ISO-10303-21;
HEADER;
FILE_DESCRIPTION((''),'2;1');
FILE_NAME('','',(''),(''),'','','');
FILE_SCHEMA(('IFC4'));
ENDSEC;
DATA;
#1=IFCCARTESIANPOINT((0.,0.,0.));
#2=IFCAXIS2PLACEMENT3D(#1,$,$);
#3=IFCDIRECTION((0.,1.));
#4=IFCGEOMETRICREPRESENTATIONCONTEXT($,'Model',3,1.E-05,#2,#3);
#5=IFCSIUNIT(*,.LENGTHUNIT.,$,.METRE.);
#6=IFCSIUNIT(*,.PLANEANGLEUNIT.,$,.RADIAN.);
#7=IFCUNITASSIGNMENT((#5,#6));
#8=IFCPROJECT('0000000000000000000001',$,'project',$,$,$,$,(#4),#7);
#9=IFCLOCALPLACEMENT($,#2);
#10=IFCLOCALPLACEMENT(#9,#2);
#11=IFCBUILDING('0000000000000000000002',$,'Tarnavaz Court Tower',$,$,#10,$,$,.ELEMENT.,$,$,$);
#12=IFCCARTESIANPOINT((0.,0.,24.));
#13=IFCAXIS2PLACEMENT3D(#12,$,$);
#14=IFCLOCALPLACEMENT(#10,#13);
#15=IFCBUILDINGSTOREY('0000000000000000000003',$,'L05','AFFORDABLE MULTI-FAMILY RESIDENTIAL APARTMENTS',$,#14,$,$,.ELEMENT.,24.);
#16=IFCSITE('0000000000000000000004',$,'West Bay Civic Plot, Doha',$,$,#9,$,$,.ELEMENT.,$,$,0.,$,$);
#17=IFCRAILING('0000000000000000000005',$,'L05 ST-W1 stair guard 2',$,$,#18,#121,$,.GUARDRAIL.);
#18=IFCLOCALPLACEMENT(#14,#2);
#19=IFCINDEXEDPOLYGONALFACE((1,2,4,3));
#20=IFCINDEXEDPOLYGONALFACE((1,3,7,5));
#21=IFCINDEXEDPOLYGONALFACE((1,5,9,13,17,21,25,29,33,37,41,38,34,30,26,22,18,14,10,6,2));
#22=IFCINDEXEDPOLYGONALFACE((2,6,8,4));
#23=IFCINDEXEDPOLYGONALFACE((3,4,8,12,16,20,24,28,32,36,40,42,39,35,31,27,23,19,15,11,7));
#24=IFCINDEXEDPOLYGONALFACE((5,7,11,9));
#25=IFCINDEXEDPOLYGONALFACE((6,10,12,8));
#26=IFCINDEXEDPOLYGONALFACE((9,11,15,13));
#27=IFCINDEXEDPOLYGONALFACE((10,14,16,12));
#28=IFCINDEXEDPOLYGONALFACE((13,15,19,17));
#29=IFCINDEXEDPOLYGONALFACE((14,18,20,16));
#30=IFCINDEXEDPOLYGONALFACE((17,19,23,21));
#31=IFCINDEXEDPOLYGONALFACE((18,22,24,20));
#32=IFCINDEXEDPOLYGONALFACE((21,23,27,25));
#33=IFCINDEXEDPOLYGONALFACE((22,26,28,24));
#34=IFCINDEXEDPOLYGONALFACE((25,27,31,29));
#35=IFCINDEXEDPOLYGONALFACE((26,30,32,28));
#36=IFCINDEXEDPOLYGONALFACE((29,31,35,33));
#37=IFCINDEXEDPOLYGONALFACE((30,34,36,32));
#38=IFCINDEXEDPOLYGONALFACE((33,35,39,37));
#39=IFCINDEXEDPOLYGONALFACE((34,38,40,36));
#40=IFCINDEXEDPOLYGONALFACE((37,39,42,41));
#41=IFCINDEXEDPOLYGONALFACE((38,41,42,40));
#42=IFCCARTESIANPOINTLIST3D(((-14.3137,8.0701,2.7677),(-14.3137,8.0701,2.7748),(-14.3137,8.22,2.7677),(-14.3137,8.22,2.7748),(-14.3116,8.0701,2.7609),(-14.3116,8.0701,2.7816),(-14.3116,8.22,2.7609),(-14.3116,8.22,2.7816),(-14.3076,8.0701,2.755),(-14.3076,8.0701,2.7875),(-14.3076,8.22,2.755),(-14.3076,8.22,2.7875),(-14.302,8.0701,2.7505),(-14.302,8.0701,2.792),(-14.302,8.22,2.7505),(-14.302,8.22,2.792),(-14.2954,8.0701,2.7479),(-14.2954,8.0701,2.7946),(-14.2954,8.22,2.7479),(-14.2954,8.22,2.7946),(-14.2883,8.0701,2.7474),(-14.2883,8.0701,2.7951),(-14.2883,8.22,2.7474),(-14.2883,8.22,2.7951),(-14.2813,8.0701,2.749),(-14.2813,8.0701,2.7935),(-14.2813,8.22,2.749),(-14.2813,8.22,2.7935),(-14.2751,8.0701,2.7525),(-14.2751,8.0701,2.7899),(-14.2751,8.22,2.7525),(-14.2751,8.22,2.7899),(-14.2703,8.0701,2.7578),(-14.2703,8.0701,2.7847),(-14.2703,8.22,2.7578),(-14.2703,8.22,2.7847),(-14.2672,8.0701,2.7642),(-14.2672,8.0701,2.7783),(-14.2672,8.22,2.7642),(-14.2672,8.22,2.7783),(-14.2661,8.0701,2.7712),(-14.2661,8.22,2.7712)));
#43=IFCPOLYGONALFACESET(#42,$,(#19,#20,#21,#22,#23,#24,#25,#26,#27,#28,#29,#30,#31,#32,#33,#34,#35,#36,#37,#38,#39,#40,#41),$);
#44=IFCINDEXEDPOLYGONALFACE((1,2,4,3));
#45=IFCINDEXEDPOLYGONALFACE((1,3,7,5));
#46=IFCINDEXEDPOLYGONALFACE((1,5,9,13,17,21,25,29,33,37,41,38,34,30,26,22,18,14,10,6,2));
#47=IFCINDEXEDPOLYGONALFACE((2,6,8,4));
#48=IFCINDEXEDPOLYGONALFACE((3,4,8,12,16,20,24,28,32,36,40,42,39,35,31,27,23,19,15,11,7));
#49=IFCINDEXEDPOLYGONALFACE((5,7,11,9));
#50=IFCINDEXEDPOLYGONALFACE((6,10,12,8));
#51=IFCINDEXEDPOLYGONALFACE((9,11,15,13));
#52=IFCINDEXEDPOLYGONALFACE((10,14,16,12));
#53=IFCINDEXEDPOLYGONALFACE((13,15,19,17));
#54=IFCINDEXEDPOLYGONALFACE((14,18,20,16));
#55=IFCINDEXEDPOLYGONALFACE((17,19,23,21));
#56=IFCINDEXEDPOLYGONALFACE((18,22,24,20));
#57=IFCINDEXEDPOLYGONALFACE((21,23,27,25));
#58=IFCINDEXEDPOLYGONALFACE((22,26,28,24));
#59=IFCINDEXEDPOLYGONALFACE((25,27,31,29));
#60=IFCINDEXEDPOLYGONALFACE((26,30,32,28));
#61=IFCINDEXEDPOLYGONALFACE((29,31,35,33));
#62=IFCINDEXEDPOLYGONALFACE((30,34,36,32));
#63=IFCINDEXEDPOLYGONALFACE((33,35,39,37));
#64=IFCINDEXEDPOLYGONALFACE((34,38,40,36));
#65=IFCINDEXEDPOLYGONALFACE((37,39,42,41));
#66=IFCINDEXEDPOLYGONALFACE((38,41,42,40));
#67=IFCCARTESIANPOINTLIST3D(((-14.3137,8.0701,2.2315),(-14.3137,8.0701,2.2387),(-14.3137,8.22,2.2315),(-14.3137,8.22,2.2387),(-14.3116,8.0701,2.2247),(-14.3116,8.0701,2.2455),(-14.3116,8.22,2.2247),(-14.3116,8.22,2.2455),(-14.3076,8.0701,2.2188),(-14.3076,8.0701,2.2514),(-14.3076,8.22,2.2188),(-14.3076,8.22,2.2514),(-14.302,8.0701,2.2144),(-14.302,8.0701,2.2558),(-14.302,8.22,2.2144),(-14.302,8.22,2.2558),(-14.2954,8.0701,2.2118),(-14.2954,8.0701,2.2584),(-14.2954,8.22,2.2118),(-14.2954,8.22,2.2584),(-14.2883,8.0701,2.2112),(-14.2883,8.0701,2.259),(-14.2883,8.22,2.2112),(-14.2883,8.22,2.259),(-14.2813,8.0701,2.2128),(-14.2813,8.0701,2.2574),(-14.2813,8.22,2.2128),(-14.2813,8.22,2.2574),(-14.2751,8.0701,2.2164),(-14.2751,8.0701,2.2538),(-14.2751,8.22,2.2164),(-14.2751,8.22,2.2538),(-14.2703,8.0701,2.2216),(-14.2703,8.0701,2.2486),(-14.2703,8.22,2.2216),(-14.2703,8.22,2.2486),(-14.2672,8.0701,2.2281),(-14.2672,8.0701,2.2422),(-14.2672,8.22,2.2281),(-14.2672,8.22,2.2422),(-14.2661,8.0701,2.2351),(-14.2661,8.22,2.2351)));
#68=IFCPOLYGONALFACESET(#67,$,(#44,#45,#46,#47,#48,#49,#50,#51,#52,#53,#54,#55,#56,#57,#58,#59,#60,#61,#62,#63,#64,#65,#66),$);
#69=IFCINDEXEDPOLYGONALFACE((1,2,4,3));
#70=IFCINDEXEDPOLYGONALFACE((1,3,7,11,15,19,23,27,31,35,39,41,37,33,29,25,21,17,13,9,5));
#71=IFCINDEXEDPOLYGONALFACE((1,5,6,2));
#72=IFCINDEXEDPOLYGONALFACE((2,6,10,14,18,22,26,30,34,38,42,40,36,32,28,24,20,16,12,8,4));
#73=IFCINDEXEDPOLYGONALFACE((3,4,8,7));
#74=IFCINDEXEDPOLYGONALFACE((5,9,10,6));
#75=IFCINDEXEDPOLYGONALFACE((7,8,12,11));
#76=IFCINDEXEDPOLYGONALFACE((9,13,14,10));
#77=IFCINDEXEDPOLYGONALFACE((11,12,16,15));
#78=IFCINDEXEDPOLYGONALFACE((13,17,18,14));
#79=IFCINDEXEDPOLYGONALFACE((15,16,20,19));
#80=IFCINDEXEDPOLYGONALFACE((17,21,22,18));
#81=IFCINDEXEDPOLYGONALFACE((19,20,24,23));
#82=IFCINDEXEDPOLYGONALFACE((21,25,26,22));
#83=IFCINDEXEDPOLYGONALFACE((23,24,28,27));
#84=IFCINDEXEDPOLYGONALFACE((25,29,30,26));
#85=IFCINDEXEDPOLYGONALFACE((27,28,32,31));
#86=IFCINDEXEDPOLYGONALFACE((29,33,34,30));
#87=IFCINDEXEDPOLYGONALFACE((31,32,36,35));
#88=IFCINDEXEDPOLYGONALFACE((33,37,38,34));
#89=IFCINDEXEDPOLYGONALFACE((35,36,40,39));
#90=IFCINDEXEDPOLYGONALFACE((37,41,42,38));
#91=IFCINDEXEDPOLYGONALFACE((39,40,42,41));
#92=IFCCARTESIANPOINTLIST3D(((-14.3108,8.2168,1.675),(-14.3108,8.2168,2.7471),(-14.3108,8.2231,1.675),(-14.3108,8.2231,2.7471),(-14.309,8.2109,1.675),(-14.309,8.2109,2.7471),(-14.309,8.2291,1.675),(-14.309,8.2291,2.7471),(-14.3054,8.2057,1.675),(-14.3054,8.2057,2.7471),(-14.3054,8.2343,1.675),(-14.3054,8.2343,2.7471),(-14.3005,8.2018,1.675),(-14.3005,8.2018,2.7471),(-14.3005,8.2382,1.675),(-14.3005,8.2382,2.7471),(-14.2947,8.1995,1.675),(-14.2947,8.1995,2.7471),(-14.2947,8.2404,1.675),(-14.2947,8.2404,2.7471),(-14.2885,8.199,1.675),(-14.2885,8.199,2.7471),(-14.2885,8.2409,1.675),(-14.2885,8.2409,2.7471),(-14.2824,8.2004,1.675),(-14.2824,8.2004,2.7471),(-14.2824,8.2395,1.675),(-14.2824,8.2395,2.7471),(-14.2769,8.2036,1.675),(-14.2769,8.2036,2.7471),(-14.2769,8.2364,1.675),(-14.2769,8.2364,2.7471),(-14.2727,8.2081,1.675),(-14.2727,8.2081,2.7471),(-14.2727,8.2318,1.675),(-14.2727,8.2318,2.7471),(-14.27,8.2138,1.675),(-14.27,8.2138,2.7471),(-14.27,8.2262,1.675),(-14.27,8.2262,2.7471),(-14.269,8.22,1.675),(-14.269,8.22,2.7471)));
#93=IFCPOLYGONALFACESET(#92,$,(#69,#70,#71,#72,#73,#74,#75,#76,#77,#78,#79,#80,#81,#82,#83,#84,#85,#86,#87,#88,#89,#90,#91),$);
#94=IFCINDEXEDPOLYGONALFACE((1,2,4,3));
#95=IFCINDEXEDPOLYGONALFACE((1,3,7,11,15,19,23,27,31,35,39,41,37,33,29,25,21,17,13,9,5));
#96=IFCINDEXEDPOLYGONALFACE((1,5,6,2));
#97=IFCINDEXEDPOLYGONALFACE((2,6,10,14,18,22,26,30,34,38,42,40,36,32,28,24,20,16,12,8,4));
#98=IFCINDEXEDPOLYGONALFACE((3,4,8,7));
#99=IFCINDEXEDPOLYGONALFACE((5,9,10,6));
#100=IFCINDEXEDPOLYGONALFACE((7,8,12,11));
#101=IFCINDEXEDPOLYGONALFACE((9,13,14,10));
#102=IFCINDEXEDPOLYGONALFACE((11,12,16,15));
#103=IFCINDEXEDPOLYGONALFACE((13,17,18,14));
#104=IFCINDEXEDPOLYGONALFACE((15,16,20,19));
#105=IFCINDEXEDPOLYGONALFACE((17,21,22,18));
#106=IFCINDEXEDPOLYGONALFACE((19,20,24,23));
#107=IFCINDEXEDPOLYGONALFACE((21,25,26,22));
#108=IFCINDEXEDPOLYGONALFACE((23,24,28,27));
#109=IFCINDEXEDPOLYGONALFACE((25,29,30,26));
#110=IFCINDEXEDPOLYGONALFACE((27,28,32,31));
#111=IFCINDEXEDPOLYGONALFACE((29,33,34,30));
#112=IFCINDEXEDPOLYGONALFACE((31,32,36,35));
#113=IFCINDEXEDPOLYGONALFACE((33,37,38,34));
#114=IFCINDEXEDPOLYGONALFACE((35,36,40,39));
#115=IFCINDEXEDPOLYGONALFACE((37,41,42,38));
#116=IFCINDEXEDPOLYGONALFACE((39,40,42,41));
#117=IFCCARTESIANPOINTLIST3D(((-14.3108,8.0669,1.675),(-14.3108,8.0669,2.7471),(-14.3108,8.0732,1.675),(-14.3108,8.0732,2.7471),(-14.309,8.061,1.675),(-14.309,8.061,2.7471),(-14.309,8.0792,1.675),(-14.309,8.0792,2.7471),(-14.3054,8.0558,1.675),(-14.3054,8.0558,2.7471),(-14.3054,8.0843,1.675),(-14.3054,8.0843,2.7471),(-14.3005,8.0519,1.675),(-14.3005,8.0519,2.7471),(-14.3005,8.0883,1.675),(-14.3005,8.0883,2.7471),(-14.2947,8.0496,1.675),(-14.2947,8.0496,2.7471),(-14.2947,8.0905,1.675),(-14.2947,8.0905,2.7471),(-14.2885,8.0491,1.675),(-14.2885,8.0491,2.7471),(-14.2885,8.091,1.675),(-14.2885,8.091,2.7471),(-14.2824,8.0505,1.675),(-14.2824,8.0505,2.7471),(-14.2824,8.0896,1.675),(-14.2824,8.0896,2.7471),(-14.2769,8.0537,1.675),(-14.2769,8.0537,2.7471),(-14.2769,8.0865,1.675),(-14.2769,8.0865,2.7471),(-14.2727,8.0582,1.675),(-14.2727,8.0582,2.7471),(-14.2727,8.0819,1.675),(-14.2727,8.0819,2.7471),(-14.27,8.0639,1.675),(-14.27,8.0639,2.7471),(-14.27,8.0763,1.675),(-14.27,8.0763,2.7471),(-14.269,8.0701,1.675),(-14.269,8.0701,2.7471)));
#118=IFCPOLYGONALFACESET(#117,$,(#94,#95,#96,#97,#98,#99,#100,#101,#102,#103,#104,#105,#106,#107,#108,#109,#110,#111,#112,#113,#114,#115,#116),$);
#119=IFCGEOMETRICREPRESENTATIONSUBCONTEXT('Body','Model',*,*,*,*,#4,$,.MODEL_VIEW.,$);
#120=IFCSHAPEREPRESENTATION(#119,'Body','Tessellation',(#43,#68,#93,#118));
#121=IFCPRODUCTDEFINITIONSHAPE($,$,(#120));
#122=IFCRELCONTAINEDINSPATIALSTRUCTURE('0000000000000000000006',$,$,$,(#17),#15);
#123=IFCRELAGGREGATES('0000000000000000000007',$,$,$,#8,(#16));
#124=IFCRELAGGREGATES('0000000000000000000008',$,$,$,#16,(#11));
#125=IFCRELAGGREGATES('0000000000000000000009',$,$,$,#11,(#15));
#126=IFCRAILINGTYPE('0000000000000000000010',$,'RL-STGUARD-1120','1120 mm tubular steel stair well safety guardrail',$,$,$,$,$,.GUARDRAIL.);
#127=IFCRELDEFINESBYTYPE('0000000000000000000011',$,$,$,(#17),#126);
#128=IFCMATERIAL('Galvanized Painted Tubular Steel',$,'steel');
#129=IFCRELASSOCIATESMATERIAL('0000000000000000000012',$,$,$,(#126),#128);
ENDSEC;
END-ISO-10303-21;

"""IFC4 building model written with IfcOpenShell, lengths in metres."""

from ifc_helpers import new_model, si_unit, direction, frame, origin, origin_2d, place, context, subcontext, project, spatial, circle, extrude, material, type_object, element, save


model = new_model("IFC4")

# Units and contexts
model_context = context("Model", 3, precision=1e-05, world=origin(), true_north=direction((0.0, 1.0)))
body_context = subcontext(model_context, "Body", "Model", "MODEL_VIEW")
ifc_project = project(units=[si_unit("LENGTHUNIT", "METRE"), si_unit("PLANEANGLEUNIT", "RADIAN")], contexts=[model_context])

# Site, building, storey
site_placement = place(None, origin())
site = spatial("IfcSite", under=ifc_project, at=site_placement, Name="West Bay Civic Plot, Doha", CompositionType="ELEMENT", RefElevation=0.0)
building_placement = place(site_placement, origin())
building = spatial("IfcBuilding", under=site, at=building_placement, Name="Tarnavaz Court Tower", CompositionType="ELEMENT")
storey_placement = place(building_placement, frame((0.0, 0.0, 24.0)))
storey = spatial("IfcBuildingStorey", under=building, at=storey_placement, Name="L05", Description="AFFORDABLE MULTI-FAMILY RESIDENTIAL APARTMENTS", CompositionType="ELEMENT", Elevation=24.0)

# Railing
ifc_material_1 = material(Name="Galvanized Painted Tubular Steel", Category="steel")
railing_type_1 = type_object("IfcRailingType", Name="RL-STGUARD-1120", Description="1120 mm tubular steel stair well safety guardrail", PredefinedType="GUARDRAIL", material=ifc_material_1)
railing_1_placement = place(storey_placement, frame((-14.29, 8.22, 1.675)))
element("IfcRailing", 1, at=railing_1_placement, inside=storey, type_object=railing_type_1, Name="L05 ST-W1 stair guard 2", PredefinedType="GUARDRAIL", context=body_context, shape_type="SweptSolid", body=[
    extrude(circle(Radius=0.0239, at=origin_2d()), frame((0.0, 0.0, 1.0962), z_axis=(0.0, -1.0, 0.0), x_axis=(1.0, 0.0, 0.0)), (0.0, 0.0, 1.0), 0.1499),
    extrude(circle(Radius=0.0239, at=origin_2d()), frame((0.0, 0.0, 0.5601), z_axis=(0.0, -1.0, 0.0), x_axis=(1.0, 0.0, 0.0)), (0.0, 0.0, 1.0), 0.1499),
    extrude(circle(Radius=0.021, at=origin_2d()), origin(), (0.0, 0.0, 1.0), 1.072),
    extrude(circle(Radius=0.021, at=origin_2d()), frame((0.0, -0.1499, 0.0)), (0.0, 0.0, 1.0), 1.072),
])

save(model, "model.ifc")
